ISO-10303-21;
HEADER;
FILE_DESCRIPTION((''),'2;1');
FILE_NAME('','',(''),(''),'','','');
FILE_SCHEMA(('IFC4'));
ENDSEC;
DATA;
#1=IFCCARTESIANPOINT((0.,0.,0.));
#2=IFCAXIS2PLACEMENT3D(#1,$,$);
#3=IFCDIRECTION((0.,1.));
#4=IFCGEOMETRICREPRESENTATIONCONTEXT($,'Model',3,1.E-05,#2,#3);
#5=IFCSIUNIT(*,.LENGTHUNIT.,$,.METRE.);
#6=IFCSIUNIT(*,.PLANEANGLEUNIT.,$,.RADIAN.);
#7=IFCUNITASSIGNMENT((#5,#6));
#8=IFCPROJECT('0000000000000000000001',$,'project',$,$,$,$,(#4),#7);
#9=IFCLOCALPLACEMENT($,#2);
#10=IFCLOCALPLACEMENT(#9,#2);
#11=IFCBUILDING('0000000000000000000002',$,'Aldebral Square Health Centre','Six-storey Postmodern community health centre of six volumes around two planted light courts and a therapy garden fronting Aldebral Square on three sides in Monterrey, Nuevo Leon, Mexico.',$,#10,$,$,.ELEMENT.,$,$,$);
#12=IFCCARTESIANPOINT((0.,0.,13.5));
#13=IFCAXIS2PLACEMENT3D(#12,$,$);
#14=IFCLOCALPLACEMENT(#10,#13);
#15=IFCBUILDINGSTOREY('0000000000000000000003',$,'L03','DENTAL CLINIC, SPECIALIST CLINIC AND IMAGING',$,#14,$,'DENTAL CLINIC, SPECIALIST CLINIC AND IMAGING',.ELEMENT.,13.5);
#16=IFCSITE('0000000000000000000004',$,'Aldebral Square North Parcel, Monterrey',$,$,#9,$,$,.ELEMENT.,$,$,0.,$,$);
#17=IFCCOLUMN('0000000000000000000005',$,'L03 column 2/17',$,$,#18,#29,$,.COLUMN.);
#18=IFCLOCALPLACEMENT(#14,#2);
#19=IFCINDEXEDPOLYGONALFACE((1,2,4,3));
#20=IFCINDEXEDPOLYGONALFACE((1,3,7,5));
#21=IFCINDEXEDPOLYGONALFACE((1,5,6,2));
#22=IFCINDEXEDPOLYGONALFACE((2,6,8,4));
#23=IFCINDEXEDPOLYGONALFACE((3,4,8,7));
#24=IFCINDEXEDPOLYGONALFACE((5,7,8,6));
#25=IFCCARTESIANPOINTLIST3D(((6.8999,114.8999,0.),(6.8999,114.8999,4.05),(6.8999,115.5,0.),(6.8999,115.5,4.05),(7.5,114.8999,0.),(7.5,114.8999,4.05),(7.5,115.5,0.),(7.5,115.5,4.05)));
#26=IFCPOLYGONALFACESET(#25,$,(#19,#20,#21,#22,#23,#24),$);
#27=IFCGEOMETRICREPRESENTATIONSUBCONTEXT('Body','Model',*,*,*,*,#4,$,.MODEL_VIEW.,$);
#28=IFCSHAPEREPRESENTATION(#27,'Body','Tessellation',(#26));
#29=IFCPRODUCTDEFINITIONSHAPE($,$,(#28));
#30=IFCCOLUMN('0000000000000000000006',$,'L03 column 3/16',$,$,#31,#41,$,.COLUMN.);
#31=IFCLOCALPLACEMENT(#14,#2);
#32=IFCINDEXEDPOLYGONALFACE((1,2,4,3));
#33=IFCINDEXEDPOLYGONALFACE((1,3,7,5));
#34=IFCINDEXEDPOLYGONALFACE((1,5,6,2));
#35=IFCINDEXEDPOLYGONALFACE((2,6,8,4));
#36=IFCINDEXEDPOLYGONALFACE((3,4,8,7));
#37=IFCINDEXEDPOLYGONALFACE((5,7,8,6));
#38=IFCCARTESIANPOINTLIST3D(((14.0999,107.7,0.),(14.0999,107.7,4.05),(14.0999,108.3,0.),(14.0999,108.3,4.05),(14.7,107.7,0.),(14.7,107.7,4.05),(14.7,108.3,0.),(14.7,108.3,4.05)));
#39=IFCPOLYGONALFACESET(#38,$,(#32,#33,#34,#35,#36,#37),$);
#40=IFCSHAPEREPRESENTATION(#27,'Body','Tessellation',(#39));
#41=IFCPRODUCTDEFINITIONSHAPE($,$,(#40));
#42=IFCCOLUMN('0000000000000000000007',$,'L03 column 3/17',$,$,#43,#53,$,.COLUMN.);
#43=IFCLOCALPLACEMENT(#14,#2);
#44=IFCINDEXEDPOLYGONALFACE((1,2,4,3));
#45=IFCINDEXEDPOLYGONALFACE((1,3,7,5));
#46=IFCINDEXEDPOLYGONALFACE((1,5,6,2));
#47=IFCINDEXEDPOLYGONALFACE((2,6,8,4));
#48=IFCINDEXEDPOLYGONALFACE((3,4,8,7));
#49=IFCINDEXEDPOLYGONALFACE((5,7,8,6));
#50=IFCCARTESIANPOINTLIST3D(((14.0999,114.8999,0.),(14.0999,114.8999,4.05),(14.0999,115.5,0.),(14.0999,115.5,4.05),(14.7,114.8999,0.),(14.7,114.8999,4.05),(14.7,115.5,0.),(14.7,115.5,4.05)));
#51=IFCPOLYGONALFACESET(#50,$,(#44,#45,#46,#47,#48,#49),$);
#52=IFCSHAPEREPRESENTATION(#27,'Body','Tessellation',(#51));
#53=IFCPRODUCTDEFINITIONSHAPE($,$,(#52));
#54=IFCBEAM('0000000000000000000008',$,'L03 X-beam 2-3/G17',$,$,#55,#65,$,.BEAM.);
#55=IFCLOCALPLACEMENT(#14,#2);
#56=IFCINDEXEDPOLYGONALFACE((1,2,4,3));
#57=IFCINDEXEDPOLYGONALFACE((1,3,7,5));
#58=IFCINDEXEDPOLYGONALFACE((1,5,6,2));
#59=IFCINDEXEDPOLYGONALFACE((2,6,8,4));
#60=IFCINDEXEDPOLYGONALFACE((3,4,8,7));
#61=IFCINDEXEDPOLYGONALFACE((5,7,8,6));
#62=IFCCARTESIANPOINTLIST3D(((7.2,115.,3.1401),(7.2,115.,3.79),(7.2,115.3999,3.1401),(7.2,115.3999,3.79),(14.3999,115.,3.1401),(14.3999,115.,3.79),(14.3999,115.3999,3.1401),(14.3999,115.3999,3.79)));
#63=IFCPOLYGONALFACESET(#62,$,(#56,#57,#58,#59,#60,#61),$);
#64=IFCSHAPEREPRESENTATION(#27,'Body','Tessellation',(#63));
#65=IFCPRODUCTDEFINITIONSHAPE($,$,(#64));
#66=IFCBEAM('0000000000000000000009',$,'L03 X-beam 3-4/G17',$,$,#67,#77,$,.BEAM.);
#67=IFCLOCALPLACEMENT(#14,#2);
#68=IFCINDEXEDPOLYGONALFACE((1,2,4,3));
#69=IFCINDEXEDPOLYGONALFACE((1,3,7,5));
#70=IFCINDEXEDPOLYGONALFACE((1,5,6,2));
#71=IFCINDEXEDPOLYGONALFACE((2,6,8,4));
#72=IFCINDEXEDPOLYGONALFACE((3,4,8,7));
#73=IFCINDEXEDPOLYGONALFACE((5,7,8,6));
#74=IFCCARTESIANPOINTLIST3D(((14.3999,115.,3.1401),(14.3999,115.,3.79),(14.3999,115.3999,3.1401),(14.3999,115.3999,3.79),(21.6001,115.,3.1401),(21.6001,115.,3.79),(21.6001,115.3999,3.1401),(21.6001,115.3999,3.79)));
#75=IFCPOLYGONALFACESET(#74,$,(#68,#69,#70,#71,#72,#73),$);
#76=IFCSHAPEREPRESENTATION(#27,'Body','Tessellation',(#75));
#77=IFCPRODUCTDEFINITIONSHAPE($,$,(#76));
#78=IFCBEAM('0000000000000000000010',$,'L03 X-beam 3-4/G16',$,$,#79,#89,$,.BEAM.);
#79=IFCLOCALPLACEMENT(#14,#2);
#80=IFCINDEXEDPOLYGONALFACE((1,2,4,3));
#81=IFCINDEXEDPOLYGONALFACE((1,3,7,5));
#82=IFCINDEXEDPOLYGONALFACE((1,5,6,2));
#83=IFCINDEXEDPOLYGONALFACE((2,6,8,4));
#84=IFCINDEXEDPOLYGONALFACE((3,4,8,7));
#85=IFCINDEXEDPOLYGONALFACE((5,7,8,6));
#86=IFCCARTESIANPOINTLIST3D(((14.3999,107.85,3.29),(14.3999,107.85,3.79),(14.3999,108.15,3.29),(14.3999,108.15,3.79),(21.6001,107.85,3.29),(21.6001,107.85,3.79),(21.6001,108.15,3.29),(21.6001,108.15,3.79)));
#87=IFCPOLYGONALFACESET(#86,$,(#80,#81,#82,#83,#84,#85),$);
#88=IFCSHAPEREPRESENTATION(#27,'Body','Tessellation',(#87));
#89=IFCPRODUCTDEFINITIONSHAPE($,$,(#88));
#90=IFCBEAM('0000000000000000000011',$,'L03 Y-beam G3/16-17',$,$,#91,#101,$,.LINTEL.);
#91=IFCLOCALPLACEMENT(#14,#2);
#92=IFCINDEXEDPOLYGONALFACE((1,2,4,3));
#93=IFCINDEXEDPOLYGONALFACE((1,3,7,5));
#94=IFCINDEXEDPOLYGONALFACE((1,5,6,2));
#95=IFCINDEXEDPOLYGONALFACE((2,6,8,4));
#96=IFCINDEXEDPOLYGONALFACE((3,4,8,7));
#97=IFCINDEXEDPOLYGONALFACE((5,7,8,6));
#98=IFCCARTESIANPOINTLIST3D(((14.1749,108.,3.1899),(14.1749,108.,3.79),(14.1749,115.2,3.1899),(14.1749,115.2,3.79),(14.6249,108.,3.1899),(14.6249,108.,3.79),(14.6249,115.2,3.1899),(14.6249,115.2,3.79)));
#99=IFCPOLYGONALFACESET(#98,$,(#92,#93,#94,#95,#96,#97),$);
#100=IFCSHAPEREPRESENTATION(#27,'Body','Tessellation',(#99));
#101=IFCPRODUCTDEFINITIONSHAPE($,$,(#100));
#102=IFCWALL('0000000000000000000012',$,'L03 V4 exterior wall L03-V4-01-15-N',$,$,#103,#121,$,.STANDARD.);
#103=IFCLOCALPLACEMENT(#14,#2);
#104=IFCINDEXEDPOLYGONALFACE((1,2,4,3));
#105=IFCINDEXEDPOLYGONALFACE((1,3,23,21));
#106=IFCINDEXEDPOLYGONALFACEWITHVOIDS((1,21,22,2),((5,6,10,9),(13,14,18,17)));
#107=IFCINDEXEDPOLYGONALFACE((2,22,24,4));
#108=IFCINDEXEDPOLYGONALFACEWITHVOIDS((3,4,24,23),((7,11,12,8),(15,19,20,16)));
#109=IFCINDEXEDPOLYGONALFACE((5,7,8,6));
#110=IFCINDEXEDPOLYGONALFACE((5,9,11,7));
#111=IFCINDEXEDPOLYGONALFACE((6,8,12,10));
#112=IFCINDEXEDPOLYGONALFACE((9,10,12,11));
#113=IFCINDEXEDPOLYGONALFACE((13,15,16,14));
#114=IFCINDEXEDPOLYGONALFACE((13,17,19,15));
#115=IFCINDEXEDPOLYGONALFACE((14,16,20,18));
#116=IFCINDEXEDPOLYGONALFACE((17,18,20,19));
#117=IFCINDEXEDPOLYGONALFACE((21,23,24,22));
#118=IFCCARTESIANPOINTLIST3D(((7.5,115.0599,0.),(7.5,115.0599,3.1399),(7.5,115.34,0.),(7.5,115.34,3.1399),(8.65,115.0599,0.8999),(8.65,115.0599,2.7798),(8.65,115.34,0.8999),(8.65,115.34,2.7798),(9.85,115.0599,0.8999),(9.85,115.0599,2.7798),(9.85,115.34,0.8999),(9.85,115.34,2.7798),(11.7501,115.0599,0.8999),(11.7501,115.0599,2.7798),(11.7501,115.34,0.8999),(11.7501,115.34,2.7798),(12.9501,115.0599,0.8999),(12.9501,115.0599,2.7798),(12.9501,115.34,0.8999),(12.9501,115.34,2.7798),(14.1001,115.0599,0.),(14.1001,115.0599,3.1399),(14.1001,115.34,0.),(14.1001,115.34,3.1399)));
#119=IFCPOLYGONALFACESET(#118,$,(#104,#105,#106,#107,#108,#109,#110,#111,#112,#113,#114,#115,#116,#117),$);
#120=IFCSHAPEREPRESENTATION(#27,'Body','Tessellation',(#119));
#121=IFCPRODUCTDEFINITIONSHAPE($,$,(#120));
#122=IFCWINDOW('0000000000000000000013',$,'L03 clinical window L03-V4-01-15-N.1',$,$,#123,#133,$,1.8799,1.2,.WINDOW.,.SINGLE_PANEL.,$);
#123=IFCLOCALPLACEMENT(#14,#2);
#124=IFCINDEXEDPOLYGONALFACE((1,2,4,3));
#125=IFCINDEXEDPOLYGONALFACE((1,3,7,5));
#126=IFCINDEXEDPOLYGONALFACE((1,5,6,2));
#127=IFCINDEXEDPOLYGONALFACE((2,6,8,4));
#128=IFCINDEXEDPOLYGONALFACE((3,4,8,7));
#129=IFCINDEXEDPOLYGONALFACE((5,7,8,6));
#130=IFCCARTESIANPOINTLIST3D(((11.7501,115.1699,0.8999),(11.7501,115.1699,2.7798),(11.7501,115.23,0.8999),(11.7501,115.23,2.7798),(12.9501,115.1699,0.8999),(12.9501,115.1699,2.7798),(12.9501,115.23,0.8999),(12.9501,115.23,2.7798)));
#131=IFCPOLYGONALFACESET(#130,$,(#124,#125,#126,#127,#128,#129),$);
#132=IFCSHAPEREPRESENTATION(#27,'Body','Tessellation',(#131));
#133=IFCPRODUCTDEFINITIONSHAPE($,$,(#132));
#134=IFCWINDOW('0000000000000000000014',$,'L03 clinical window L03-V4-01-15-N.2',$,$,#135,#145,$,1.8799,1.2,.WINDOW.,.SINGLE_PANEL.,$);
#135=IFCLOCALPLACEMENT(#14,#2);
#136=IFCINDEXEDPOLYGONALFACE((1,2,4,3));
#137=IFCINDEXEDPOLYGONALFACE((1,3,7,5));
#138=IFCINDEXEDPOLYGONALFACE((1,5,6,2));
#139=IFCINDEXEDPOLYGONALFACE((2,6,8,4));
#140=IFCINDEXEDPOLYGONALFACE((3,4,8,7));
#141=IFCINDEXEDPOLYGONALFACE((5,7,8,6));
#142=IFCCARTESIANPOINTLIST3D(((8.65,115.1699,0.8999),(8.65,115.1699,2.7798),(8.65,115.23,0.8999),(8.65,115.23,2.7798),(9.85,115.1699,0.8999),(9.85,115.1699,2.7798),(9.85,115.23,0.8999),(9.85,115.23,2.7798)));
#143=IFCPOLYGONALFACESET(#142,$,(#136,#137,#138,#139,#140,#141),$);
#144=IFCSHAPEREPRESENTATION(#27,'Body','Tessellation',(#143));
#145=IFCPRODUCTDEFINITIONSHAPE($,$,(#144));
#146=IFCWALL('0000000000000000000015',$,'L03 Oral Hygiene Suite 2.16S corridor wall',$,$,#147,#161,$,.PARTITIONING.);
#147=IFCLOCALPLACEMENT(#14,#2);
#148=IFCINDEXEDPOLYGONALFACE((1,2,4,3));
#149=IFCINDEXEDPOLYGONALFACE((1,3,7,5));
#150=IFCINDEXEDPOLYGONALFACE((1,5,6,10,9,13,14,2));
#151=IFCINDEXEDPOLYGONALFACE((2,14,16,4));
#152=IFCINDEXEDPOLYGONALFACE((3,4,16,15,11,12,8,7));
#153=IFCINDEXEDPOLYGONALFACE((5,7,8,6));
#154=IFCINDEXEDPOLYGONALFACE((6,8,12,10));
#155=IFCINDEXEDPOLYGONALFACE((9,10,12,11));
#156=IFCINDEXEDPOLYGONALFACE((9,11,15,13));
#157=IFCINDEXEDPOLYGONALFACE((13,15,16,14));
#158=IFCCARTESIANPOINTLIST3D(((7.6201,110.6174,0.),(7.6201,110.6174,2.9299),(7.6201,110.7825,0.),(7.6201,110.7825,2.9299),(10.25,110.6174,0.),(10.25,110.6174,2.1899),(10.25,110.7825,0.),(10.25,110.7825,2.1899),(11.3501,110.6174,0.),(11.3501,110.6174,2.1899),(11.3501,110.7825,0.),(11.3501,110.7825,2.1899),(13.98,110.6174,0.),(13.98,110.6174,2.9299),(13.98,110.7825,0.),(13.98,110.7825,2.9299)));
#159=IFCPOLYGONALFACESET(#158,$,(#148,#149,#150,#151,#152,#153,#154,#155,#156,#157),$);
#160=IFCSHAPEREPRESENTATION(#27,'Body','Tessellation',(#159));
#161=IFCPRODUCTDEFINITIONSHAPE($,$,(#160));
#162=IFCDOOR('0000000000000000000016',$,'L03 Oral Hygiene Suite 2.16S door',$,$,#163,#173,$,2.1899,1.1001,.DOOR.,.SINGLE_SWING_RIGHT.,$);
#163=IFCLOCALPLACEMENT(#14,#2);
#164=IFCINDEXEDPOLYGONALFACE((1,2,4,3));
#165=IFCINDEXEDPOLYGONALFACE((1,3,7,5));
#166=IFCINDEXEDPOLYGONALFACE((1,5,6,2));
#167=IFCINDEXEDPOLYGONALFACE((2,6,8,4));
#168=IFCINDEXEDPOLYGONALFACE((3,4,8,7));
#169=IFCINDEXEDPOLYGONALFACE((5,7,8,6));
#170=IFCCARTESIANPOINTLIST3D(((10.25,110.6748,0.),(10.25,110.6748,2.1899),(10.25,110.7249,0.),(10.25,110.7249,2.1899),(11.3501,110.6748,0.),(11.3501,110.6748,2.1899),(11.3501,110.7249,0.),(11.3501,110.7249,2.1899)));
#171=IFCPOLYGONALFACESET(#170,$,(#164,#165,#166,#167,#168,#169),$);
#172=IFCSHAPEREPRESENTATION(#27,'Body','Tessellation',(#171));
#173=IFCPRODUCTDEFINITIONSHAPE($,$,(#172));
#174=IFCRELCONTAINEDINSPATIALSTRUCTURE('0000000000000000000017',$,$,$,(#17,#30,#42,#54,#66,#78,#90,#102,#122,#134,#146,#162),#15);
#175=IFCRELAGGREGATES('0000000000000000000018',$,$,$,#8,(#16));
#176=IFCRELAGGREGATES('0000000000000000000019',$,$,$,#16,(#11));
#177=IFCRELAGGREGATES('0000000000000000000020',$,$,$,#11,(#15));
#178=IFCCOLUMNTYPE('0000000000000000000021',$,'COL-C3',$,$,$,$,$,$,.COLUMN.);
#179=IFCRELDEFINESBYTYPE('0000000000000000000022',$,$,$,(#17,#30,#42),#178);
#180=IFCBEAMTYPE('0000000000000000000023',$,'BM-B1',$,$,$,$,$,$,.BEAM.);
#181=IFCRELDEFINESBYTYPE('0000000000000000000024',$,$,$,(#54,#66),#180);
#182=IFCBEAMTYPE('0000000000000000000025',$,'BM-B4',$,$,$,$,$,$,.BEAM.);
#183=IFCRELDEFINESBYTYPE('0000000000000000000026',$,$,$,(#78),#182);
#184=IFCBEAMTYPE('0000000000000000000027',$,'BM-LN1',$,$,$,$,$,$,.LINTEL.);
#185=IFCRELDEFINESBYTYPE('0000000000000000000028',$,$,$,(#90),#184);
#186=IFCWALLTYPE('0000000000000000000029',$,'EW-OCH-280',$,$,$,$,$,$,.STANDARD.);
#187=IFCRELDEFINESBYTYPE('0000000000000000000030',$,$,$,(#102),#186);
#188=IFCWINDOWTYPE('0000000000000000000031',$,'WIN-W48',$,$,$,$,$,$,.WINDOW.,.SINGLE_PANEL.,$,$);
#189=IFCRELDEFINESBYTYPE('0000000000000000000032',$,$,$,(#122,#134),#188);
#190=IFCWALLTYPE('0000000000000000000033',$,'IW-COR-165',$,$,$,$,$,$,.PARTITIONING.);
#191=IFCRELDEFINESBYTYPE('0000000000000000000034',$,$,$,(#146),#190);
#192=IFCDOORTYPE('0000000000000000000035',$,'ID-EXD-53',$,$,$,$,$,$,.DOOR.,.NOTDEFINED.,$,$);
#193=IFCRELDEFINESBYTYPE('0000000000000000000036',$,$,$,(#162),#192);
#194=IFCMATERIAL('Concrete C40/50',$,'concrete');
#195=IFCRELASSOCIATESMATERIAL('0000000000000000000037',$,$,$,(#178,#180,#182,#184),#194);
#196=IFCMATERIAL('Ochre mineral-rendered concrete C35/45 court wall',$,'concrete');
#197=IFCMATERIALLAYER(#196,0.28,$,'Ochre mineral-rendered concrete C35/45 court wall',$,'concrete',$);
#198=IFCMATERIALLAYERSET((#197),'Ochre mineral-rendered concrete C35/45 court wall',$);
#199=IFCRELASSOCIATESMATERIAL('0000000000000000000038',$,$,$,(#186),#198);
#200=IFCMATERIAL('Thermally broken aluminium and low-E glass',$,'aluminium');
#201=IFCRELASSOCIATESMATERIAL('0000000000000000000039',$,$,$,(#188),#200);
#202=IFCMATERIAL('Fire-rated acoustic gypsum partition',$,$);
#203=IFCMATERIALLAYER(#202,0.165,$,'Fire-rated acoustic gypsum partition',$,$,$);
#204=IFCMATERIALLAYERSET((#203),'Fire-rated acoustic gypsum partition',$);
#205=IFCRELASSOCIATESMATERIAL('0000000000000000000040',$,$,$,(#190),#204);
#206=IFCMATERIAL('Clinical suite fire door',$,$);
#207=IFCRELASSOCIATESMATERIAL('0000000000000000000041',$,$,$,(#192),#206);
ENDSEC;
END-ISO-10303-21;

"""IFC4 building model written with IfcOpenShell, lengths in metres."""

from ifc_helpers import new_model, si_unit, direction, frame, frame_2d, origin, origin_2d, place, context, subcontext, project, spatial, rectangle, extrude, material, layer, layer_set, material_profile, profile_set, type_object, element, fill, save


model = new_model("IFC4")

# Units and contexts
model_context = context("Model", 3, precision=1e-05, world=origin(), true_north=direction((0.0, 1.0)))
body_context = subcontext(model_context, "Body", "Model", "MODEL_VIEW")
ifc_project = project(units=[si_unit("LENGTHUNIT", "METRE"), si_unit("PLANEANGLEUNIT", "RADIAN")], contexts=[model_context])

# Site, building, storey
site_placement = place(None, origin())
site = spatial("IfcSite", under=ifc_project, at=site_placement, Name="Aldebral Square North Parcel, Monterrey", CompositionType="ELEMENT", RefElevation=0.0)
building_placement = place(site_placement, origin())
building = spatial("IfcBuilding", under=site, at=building_placement, Name="Aldebral Square Health Centre", Description="Six-storey Postmodern community health centre of six volumes around two planted light courts and a therapy garden fronting Aldebral Square on three sides in Monterrey, Nuevo Leon, Mexico.", CompositionType="ELEMENT")
storey_placement = place(building_placement, frame((0.0, 0.0, 13.5)))
storey = spatial("IfcBuildingStorey", under=building, at=storey_placement, Name="L03", Description="DENTAL CLINIC, SPECIALIST CLINIC AND IMAGING", LongName="DENTAL CLINIC, SPECIALIST CLINIC AND IMAGING", CompositionType="ELEMENT", Elevation=13.5)

# Columns
ifc_material_1 = material(Name="Concrete C40/50", Category="concrete")
ifc_material_profile_1 = material_profile(ifc_material_1, rectangle(XDim=0.6001, YDim=0.6001, at=origin_2d()), Name="RC 600x600")
ifc_profile_set_1 = profile_set([ifc_material_profile_1], Name="Concrete C40/50")
column_type = type_object("IfcColumnType", Name="COL-C3", PredefinedType="COLUMN", material=ifc_profile_set_1)
for number, where, z_axis, x_axis, name in (
    (1, (7.2, 115.2, 0.0), (0.0, 0.0, 1.0), (1.0, 0.0, 0.0), "L03 column 2/17"),
    (2, (14.3999, 108.0, 0.0), (0.0, 0.0, 1.0), (1.0, 0.0, 0.0), "L03 column 3/16"),
    (3, (14.3999, 115.2, 0.0), (0.0, 0.0, 1.0), (1.0, 0.0, 0.0), "L03 column 3/17"),
):
    element("IfcColumn", number, at=place(storey_placement, frame(where, z_axis=z_axis, x_axis=x_axis)), inside=storey, type_object=column_type, Name=name, PredefinedType="COLUMN", context=body_context, shape_type="SweptSolid", body=[
        extrude(rectangle(XDim=0.6001, YDim=0.6001, at=origin_2d()), origin(), (0.0, 0.0, 1.0), 4.05),
    ])

# Beams
ifc_material_profile_2 = material_profile(ifc_material_1, rectangle(XDim=0.3999, YDim=0.6499, at=origin_2d()), Name="RC 400x650")
ifc_profile_set_2 = profile_set([ifc_material_profile_2], Name="Concrete C40/50")
beam_type_1 = type_object("IfcBeamType", Name="BM-B1", PredefinedType="BEAM", material=ifc_profile_set_2)
beam_1_placement = place(storey_placement, frame((7.2, 115.2, 3.4651), z_axis=(1.0, 0.0, 0.0), x_axis=(0.0, 1.0, 0.0)))
element("IfcBeam", 4, at=beam_1_placement, inside=storey, type_object=beam_type_1, Name="L03 X-beam 2-3/G17", PredefinedType="BEAM", context=body_context, shape_type="SweptSolid", body=[
    extrude(rectangle(XDim=0.3999, YDim=0.6499, at=origin_2d()), origin(), (0.0, 0.0, 1.0), 7.2),
])
beam_2_placement = place(storey_placement, frame((14.3999, 115.2, 3.4651), z_axis=(1.0, 0.0, 0.0), x_axis=(0.0, 1.0, 0.0)))
element("IfcBeam", 5, at=beam_2_placement, inside=storey, type_object=beam_type_1, Name="L03 X-beam 3-4/G17", PredefinedType="BEAM", context=body_context, shape_type="SweptSolid", body=[
    extrude(rectangle(XDim=0.3999, YDim=0.6499, at=origin_2d()), origin(), (0.0, 0.0, 1.0), 7.2002),
])
ifc_material_profile_3 = material_profile(ifc_material_1, rectangle(XDim=0.3, YDim=0.5, at=origin_2d()), Name="RC 300x500")
ifc_profile_set_3 = profile_set([ifc_material_profile_3], Name="Concrete C40/50")
beam_type_2 = type_object("IfcBeamType", Name="BM-B4", PredefinedType="BEAM", material=ifc_profile_set_3)
beam_3_placement = place(storey_placement, frame((14.3999, 108.0, 3.54), z_axis=(1.0, 0.0, 0.0), x_axis=(0.0, 1.0, 0.0)))
element("IfcBeam", 6, at=beam_3_placement, inside=storey, type_object=beam_type_2, Name="L03 X-beam 3-4/G16", PredefinedType="BEAM", context=body_context, shape_type="SweptSolid", body=[
    extrude(rectangle(XDim=0.3, YDim=0.5, at=origin_2d()), origin(), (0.0, 0.0, 1.0), 7.2002),
])
ifc_material_profile_4 = material_profile(ifc_material_1, rectangle(XDim=0.45, YDim=0.6001, at=origin_2d()), Name="RC 450x600")
ifc_profile_set_4 = profile_set([ifc_material_profile_4], Name="Concrete C40/50")
beam_type_3 = type_object("IfcBeamType", Name="BM-LN1", PredefinedType="LINTEL", material=ifc_profile_set_4)
beam_4_placement = place(storey_placement, frame((14.3999, 108.0, 3.49), z_axis=(0.0, 1.0, 0.0), x_axis=(-1.0, 0.0, 0.0)))
element("IfcBeam", 7, at=beam_4_placement, inside=storey, type_object=beam_type_3, Name="L03 Y-beam G3/16-17", PredefinedType="LINTEL", context=body_context, shape_type="SweptSolid", body=[
    extrude(rectangle(XDim=0.45, YDim=0.6001, at=origin_2d()), origin(), (0.0, 0.0, 1.0), 7.2),
])

# Wall, openings, windows
ifc_material_2 = material(Name="Ochre mineral-rendered concrete C35/45 court wall", Category="concrete")
ifc_layer_1 = layer(ifc_material_2, 0.28, Name="Ochre mineral-rendered concrete C35/45 court wall", Category="concrete")
ifc_layer_set_1 = layer_set([ifc_layer_1], Name="Ochre mineral-rendered concrete C35/45 court wall")
wall_type_1 = type_object("IfcWallType", Name="EW-OCH-280", PredefinedType="STANDARD", material=ifc_layer_set_1)
wall_1_placement = place(storey_placement, frame((14.1001, 115.2, 0.0), z_axis=(0.0, 0.0, 1.0), x_axis=(-1.0, 0.0, 0.0)))
wall_1 = element("IfcWall", 8, at=wall_1_placement, inside=storey, type_object=wall_type_1, Name="L03 V4 exterior wall L03-V4-01-15-N", PredefinedType="STANDARD", context=body_context, shape_type="SweptSolid", body=[
    extrude(rectangle(XDim=6.6001, YDim=0.28, at=frame_2d((3.3, 0.0))), origin(), (0.0, 0.0, 1.0), 3.1399),
])
opening_1_placement = place(wall_1_placement, frame((1.1499, 0.0, 0.8999)))
opening_1 = element("IfcOpeningElement", 9, at=opening_1_placement, cuts=wall_1, PredefinedType="OPENING", context=body_context, shape_type="SweptSolid", body=[
    extrude(rectangle(XDim=1.2, YDim=1.8799, at=frame_2d((0.6001, 0.9399))), frame((0.0, 0.1499, 0.0), z_axis=(0.0, -1.0, 0.0), x_axis=(1.0, 0.0, 0.0)), (0.0, 0.0, 1.0), 0.3),
])
opening_2_placement = place(wall_1_placement, frame((4.25, 0.0, 0.8999)))
opening_2 = element("IfcOpeningElement", 10, at=opening_2_placement, cuts=wall_1, PredefinedType="OPENING", context=body_context, shape_type="SweptSolid", body=[
    extrude(rectangle(XDim=1.2, YDim=1.8799, at=frame_2d((0.6001, 0.9399))), frame((0.0, 0.1499, 0.0), z_axis=(0.0, -1.0, 0.0), x_axis=(1.0, 0.0, 0.0)), (0.0, 0.0, 1.0), 0.3),
])
ifc_material_3 = material(Name="Thermally broken aluminium and low-E glass", Category="aluminium")
window_type = type_object("IfcWindowType", Name="WIN-W48", PartitioningType="SINGLE_PANEL", PredefinedType="WINDOW", material=ifc_material_3)
window_1_placement = place(opening_1_placement, origin())
window_1 = element("IfcWindow", 11, at=window_1_placement, inside=storey, type_object=window_type, Name="L03 clinical window L03-V4-01-15-N.1", OverallHeight=1.8799, OverallWidth=1.2, PartitioningType="SINGLE_PANEL", PredefinedType="WINDOW", context=body_context, shape_type="SweptSolid", body=[
    extrude(rectangle(XDim=1.2, YDim=1.8799, at=frame_2d((0.6001, 0.9399))), frame((0.0, 0.03, 0.0), z_axis=(0.0, -1.0, 0.0), x_axis=(1.0, 0.0, 0.0)), (0.0, 0.0, 1.0), 0.0601),
])
fill(opening_1, window_1)
window_2_placement = place(opening_2_placement, origin())
window_2 = element("IfcWindow", 12, at=window_2_placement, inside=storey, type_object=window_type, Name="L03 clinical window L03-V4-01-15-N.2", OverallHeight=1.8799, OverallWidth=1.2, PartitioningType="SINGLE_PANEL", PredefinedType="WINDOW", context=body_context, shape_type="SweptSolid", body=[
    extrude(rectangle(XDim=1.2, YDim=1.8799, at=frame_2d((0.6001, 0.9399))), frame((0.0, 0.03, 0.0), z_axis=(0.0, -1.0, 0.0), x_axis=(1.0, 0.0, 0.0)), (0.0, 0.0, 1.0), 0.0601),
])
fill(opening_2, window_2)

# Wall, opening, door
ifc_material_4 = material(Name="Clinical suite fire door")
ifc_material_5 = material(Name="Fire-rated acoustic gypsum partition")
ifc_layer_2 = layer(ifc_material_5, 0.165, Name="Fire-rated acoustic gypsum partition")
ifc_layer_set_2 = layer_set([ifc_layer_2], Name="Fire-rated acoustic gypsum partition")
wall_type_2 = type_object("IfcWallType", Name="IW-COR-165", PredefinedType="PARTITIONING", material=ifc_layer_set_2)
wall_2_placement = place(storey_placement, frame((7.6201, 110.7, 0.0), z_axis=(0.0, 0.0, 1.0), x_axis=(1.0, 0.0, 0.0)))
wall_2 = element("IfcWall", 13, at=wall_2_placement, inside=storey, type_object=wall_type_2, Name="L03 Oral Hygiene Suite 2.16S corridor wall", PredefinedType="PARTITIONING", context=body_context, shape_type="SweptSolid", body=[
    extrude(rectangle(XDim=6.3599, YDim=0.165, at=frame_2d((3.1799, 0.0))), origin(), (0.0, 0.0, 1.0), 2.9299),
])
opening_3_placement = place(wall_2_placement, frame((2.6299, 0.0, 0.0)))
opening_3 = element("IfcOpeningElement", 14, at=opening_3_placement, cuts=wall_2, PredefinedType="OPENING", context=body_context, shape_type="SweptSolid", body=[
    extrude(rectangle(XDim=1.1001, YDim=2.1899, at=frame_2d((0.55, 1.095))), frame((0.0, 0.0925, 0.0), z_axis=(0.0, -1.0, 0.0), x_axis=(1.0, 0.0, 0.0)), (0.0, 0.0, 1.0), 0.1851),
])
door_type_1 = type_object("IfcDoorType", Name="ID-EXD-53", OperationType="NOTDEFINED", PredefinedType="DOOR", material=ifc_material_4)
door_1_placement = place(opening_3_placement, origin())
door_1 = element("IfcDoor", 15, at=door_1_placement, inside=storey, type_object=door_type_1, Name="L03 Oral Hygiene Suite 2.16S door", OperationType="SINGLE_SWING_RIGHT", OverallHeight=2.1899, OverallWidth=1.1001, PredefinedType="DOOR", context=body_context, shape_type="SweptSolid", body=[
    extrude(rectangle(XDim=1.1001, YDim=2.1899, at=frame_2d((0.55, 1.095))), frame((0.0, 0.0249, 0.0), z_axis=(0.0, -1.0, 0.0), x_axis=(1.0, 0.0, 0.0)), (0.0, 0.0, 1.0), 0.05),
])
fill(opening_3, door_1)

save(model, "model.ifc")
